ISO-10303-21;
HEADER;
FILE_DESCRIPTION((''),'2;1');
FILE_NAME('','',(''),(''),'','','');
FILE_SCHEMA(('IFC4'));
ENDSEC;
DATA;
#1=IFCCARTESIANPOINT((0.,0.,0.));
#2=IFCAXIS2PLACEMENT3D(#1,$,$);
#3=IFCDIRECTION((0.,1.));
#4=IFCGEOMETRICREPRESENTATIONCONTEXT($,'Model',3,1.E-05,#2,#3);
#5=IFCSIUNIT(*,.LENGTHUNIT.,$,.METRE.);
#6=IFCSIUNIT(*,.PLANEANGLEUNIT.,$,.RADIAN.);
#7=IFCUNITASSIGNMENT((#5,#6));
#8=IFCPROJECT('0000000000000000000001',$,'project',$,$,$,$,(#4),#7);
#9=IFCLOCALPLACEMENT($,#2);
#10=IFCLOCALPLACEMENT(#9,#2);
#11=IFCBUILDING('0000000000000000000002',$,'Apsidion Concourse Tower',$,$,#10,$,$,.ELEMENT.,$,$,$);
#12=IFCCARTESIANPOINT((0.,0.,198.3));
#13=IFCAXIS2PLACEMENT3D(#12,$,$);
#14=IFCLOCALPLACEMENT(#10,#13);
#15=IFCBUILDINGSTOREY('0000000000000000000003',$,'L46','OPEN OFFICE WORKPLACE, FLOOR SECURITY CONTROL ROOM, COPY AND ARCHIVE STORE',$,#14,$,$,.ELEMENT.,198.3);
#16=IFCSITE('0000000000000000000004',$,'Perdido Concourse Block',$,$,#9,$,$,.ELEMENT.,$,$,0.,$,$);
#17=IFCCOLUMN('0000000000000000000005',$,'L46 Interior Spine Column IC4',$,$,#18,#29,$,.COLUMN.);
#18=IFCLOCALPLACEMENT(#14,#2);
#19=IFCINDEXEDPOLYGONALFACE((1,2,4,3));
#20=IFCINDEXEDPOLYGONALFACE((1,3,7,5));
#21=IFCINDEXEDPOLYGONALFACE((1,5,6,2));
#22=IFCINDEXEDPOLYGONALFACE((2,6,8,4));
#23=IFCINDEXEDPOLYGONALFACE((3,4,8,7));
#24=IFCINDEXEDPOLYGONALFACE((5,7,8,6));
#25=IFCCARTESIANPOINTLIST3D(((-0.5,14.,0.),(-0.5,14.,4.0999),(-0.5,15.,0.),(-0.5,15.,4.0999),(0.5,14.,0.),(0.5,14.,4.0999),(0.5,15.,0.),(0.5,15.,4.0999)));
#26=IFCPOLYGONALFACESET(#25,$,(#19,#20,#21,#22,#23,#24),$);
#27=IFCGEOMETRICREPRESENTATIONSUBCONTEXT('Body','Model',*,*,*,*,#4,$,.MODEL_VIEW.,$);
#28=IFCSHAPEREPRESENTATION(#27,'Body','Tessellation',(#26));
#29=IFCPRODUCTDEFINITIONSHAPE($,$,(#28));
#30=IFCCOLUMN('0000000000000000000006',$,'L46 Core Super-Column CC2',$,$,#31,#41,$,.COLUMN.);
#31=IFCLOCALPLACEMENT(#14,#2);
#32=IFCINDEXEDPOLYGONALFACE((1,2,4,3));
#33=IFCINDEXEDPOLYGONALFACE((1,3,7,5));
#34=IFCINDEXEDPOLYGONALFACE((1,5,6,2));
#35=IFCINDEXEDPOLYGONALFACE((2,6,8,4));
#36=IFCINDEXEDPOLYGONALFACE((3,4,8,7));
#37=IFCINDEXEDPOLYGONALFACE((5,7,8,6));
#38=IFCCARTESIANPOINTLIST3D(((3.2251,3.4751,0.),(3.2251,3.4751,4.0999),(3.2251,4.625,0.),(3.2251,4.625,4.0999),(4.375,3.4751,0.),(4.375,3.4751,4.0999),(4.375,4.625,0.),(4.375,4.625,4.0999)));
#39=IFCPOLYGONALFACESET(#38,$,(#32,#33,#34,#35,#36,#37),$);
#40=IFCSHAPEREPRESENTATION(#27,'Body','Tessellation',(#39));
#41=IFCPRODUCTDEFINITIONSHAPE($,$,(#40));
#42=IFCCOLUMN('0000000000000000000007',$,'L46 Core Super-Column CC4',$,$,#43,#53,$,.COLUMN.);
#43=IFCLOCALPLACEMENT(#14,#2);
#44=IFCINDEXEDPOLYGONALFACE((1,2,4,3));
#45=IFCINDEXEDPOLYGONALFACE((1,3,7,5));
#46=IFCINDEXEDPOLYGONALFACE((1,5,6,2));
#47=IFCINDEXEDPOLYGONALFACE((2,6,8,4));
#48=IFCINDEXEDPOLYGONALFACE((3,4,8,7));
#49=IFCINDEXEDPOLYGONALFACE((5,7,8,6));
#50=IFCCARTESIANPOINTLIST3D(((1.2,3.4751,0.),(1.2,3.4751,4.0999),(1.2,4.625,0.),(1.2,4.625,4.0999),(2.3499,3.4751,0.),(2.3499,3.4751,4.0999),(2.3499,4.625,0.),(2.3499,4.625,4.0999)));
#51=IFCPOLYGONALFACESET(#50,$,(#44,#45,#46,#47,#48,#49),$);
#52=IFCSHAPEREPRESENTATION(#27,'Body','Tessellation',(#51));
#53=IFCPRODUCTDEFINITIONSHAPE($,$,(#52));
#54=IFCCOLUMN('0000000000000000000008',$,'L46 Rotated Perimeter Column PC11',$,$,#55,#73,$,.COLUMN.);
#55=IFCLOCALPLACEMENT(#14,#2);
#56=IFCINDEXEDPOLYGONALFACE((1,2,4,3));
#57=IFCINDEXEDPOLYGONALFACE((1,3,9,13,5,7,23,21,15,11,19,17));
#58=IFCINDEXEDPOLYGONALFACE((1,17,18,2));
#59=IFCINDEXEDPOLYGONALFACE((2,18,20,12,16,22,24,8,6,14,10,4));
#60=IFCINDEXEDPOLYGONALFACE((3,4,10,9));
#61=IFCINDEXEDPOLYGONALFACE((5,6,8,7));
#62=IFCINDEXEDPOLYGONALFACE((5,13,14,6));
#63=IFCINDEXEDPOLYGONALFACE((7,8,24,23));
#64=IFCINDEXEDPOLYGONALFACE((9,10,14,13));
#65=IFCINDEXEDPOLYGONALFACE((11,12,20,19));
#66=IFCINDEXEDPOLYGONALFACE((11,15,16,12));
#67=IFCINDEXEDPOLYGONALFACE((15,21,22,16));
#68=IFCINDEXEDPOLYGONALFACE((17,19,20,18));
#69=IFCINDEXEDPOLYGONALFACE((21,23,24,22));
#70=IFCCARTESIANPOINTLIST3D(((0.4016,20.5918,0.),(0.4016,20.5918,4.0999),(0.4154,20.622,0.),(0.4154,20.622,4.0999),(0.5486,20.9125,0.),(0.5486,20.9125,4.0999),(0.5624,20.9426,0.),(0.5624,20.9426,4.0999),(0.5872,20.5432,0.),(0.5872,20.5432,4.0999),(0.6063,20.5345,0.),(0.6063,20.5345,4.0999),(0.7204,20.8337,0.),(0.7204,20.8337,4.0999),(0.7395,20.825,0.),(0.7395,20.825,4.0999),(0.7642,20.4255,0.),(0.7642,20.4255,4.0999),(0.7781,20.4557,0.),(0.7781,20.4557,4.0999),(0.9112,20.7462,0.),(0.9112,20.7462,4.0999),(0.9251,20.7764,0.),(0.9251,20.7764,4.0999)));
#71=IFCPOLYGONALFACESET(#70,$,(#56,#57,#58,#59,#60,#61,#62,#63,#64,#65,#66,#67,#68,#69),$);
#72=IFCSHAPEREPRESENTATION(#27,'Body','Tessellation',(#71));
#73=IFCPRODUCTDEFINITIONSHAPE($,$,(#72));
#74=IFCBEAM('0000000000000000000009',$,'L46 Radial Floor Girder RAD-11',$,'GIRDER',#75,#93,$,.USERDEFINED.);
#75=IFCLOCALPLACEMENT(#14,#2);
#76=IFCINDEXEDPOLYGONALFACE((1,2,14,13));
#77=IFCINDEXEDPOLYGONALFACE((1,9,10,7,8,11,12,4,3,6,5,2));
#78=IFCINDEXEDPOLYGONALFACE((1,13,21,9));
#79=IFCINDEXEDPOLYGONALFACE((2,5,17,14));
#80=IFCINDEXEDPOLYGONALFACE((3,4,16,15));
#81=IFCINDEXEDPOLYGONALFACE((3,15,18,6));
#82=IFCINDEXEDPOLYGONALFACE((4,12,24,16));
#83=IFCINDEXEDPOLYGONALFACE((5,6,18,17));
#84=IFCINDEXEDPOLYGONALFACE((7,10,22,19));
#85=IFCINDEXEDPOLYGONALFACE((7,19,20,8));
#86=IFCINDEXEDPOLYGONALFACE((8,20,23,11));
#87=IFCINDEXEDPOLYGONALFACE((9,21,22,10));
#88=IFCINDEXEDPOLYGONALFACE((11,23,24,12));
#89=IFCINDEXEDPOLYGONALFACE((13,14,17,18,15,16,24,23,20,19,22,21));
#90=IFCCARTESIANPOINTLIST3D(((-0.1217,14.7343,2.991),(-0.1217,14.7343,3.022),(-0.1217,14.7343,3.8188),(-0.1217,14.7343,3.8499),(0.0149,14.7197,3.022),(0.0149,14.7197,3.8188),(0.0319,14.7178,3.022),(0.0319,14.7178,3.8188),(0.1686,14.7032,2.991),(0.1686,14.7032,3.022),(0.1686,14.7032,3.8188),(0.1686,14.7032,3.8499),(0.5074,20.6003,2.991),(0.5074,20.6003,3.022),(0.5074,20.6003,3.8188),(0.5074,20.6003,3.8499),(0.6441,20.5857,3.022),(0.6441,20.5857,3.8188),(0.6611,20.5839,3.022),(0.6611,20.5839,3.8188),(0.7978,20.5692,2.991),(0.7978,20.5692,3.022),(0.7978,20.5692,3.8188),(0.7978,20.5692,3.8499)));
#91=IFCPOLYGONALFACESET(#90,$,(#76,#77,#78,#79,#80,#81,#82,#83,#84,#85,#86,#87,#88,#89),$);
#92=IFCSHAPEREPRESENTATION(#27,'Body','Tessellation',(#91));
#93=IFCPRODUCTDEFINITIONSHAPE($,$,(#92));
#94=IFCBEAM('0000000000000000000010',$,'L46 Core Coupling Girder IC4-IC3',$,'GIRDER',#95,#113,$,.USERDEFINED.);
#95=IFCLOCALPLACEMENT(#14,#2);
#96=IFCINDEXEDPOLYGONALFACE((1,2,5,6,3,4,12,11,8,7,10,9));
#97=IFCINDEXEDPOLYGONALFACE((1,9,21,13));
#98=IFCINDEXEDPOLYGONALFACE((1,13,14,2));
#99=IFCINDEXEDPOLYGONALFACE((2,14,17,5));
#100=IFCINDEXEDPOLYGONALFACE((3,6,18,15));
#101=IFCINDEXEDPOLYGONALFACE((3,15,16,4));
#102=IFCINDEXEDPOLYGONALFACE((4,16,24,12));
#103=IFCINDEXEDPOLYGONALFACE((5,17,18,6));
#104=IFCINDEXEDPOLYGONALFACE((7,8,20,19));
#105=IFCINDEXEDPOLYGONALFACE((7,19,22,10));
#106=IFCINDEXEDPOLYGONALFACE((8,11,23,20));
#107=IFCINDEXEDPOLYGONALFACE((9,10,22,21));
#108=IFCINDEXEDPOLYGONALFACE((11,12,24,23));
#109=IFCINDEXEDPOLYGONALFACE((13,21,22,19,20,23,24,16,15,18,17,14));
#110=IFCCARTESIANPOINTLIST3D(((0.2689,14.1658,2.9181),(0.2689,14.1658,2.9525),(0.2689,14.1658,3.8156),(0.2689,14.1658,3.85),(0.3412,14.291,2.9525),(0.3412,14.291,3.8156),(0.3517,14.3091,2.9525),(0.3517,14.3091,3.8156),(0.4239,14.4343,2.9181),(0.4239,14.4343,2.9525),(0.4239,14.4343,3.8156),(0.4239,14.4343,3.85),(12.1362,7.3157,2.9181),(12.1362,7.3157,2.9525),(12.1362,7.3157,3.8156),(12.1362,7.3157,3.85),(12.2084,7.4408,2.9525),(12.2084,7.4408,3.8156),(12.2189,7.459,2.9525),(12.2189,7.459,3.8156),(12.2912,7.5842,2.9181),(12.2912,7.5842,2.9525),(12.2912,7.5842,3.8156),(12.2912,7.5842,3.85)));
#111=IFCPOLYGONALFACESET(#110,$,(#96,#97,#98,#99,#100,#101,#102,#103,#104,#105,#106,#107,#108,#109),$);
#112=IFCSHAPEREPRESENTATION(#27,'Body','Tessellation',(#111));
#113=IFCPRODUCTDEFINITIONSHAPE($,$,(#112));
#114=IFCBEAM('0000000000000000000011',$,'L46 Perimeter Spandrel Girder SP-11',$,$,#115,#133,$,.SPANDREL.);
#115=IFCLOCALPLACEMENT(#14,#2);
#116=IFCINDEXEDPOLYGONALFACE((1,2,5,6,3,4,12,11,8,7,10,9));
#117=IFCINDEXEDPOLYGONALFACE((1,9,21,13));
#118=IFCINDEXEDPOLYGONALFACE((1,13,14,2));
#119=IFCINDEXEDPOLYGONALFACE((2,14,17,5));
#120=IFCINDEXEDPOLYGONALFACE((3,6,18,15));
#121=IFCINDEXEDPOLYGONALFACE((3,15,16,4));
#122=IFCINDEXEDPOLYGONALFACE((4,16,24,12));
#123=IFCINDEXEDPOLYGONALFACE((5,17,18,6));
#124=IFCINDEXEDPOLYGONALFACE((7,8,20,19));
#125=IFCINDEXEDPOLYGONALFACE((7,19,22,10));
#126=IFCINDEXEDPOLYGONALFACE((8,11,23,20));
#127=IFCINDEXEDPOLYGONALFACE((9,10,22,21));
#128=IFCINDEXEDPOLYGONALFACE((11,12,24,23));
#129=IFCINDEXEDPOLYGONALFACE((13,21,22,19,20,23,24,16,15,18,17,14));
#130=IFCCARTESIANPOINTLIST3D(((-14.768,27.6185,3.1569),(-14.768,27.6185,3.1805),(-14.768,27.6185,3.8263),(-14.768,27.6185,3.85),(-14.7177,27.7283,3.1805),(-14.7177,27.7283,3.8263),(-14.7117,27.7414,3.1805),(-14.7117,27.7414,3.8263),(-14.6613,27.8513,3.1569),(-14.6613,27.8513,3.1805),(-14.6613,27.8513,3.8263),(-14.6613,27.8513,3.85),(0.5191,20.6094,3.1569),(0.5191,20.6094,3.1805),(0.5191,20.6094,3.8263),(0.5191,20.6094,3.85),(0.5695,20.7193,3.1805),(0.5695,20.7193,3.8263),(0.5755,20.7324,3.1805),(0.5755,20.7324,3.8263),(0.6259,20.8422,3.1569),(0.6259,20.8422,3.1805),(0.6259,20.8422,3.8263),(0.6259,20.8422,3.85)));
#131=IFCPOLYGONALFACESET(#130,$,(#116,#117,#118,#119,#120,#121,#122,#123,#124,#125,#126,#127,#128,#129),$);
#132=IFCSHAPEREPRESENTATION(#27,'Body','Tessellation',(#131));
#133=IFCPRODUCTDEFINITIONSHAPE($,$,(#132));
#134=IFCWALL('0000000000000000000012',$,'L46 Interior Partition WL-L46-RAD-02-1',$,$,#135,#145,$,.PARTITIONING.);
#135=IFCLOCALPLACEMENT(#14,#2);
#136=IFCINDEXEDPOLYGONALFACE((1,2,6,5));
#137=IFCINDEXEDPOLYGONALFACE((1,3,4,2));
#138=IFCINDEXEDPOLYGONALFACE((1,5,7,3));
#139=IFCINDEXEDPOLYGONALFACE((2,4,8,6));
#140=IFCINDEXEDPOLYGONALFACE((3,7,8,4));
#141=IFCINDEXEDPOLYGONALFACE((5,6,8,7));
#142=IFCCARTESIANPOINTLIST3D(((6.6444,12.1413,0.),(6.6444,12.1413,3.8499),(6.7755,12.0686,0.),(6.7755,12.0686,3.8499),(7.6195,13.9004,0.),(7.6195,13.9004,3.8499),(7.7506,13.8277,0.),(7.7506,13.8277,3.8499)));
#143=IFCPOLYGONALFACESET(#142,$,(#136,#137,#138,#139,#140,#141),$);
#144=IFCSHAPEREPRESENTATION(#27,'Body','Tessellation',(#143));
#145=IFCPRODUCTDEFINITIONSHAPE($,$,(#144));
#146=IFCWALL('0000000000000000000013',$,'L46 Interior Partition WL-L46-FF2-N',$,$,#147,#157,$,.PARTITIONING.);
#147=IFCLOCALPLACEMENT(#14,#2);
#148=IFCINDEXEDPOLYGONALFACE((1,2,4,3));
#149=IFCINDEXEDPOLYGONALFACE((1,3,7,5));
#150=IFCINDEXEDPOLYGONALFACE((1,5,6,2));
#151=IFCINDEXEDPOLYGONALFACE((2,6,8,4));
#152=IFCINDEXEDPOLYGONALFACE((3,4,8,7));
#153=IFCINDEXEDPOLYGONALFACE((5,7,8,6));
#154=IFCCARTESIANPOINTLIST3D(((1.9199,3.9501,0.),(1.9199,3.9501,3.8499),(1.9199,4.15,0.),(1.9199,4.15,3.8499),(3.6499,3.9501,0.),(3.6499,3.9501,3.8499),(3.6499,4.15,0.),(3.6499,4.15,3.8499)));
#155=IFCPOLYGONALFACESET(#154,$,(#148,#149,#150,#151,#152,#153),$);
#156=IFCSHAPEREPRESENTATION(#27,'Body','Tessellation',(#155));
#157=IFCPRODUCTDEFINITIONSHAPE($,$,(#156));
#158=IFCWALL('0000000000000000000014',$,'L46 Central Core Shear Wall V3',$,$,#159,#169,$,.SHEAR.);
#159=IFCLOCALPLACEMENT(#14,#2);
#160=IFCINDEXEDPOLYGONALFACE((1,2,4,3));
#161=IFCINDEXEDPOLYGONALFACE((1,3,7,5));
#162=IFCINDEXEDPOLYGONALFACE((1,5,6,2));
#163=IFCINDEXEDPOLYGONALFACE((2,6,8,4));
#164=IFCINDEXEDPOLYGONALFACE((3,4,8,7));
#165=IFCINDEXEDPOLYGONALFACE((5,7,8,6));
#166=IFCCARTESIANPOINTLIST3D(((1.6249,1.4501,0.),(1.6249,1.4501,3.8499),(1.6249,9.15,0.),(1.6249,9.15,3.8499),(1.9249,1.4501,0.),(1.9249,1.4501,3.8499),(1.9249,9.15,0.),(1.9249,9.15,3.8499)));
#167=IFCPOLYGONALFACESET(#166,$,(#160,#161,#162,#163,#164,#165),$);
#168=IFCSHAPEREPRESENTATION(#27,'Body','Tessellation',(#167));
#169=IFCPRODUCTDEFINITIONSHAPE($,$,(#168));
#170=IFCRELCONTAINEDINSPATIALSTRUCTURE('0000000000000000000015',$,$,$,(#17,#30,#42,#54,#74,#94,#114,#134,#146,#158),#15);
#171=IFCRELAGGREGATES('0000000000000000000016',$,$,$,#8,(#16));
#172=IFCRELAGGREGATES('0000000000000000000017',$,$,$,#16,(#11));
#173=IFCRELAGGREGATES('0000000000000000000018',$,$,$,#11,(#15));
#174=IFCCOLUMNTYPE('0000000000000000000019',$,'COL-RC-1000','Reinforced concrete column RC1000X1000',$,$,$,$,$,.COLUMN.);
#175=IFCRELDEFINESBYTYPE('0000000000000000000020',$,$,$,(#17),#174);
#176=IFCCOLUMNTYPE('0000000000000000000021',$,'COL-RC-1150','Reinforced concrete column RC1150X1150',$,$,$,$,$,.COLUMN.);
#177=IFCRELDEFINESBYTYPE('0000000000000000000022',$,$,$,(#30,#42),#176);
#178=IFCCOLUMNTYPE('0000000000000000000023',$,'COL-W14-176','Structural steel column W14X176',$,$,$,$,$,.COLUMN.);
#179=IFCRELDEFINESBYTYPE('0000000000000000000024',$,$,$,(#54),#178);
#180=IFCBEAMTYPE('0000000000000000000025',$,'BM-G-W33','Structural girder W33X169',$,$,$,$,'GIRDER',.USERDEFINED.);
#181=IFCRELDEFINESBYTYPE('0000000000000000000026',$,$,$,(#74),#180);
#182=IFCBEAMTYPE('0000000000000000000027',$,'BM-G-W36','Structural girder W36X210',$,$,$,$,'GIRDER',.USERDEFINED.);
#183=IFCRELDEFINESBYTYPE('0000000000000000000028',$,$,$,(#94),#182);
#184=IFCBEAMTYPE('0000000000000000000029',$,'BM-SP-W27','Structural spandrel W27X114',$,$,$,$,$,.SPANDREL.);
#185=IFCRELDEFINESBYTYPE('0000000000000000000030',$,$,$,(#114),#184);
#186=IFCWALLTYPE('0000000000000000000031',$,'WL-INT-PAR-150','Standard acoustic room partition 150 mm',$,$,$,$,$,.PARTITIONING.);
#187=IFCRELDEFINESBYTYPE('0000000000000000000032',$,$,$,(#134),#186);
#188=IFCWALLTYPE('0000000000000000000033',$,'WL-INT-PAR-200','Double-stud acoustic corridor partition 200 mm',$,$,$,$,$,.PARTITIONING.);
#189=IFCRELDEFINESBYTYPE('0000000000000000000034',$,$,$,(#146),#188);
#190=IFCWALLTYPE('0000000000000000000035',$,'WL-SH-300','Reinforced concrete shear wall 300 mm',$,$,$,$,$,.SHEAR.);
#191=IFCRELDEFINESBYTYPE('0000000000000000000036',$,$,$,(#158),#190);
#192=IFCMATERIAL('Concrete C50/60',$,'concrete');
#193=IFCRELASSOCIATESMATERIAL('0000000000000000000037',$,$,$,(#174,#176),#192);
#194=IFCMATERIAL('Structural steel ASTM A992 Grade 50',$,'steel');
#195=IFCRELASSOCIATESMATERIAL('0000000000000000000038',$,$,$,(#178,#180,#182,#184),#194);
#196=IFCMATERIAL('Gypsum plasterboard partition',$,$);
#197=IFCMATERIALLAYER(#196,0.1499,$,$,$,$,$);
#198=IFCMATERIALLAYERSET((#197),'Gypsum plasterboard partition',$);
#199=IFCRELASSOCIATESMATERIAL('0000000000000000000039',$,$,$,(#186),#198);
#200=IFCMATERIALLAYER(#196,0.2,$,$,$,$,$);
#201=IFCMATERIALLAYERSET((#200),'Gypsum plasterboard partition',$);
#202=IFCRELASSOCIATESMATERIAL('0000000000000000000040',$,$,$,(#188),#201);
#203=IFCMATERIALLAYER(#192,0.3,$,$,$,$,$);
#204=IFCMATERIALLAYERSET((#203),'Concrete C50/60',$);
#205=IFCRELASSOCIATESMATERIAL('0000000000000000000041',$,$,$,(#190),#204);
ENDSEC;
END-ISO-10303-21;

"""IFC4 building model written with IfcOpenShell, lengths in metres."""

from ifc_helpers import new_model, si_unit, direction, frame, frame_2d, origin, origin_2d, place, context, subcontext, project, spatial, rectangle, i_section, extrude, material, layer, layer_set, material_profile, profile_set, type_object, element, save


model = new_model("IFC4")

# Units and contexts
model_context = context("Model", 3, precision=1e-05, world=origin(), true_north=direction((0.0, 1.0)))
body_context = subcontext(model_context, "Body", "Model", "MODEL_VIEW")
ifc_project = project(units=[si_unit("LENGTHUNIT", "METRE"), si_unit("PLANEANGLEUNIT", "RADIAN")], contexts=[model_context])

# Site, building, storey
site_placement = place(None, origin())
site = spatial("IfcSite", under=ifc_project, at=site_placement, Name="Perdido Concourse Block", CompositionType="ELEMENT", RefElevation=0.0)
building_placement = place(site_placement, origin())
building = spatial("IfcBuilding", under=site, at=building_placement, Name="Apsidion Concourse Tower", CompositionType="ELEMENT")
storey_placement = place(building_placement, frame((0.0, 0.0, 198.3)))
storey = spatial("IfcBuildingStorey", under=building, at=storey_placement, Name="L46", Description="OPEN OFFICE WORKPLACE, FLOOR SECURITY CONTROL ROOM, COPY AND ARCHIVE STORE", CompositionType="ELEMENT", Elevation=198.3)

# Columns
ifc_material_1 = material(Name="Concrete C50/60", Category="concrete")
ifc_material_profile_1 = material_profile(ifc_material_1, rectangle(XDim=1.0, YDim=1.0, at=origin_2d()), Name="RC 1000x1000")
ifc_profile_set_1 = profile_set([ifc_material_profile_1], Name="Concrete C50/60")
column_type_1 = type_object("IfcColumnType", Name="COL-RC-1000", Description="Reinforced concrete column RC1000X1000", PredefinedType="COLUMN", material=ifc_profile_set_1)
column_1_placement = place(storey_placement, frame((0.0, 14.5, 0.0), z_axis=(0.0, 0.0, 1.0), x_axis=(1.0, 0.0, 0.0)))
element("IfcColumn", 1, at=column_1_placement, inside=storey, type_object=column_type_1, Name="L46 Interior Spine Column IC4", PredefinedType="COLUMN", context=body_context, shape_type="SweptSolid", body=[
    extrude(rectangle(XDim=1.0, YDim=1.0, at=origin_2d()), origin(), (0.0, 0.0, 1.0), 4.0999),
])
ifc_material_profile_2 = material_profile(ifc_material_1, rectangle(XDim=1.1499, YDim=1.1499, at=origin_2d()), Name="RC 1150x1150")
ifc_profile_set_2 = profile_set([ifc_material_profile_2], Name="Concrete C50/60")
column_type_2 = type_object("IfcColumnType", Name="COL-RC-1150", Description="Reinforced concrete column RC1150X1150", PredefinedType="COLUMN", material=ifc_profile_set_2)
for number, where, z_axis, x_axis, name in (
    (2, (3.8, 4.05, 0.0), (0.0, 0.0, 1.0), (1.0, 0.0, 0.0), "L46 Core Super-Column CC2"),
    (3, (1.7749, 4.05, 0.0), (0.0, 0.0, 1.0), (1.0, 0.0, 0.0), "L46 Core Super-Column CC4"),
):
    element("IfcColumn", number, at=place(storey_placement, frame(where, z_axis=z_axis, x_axis=x_axis)), inside=storey, type_object=column_type_2, Name=name, PredefinedType="COLUMN", context=body_context, shape_type="SweptSolid", body=[
        extrude(rectangle(XDim=1.1499, YDim=1.1499, at=origin_2d()), origin(), (0.0, 0.0, 1.0), 4.0999),
    ])
ifc_material_2 = material(Name="Structural steel ASTM A992 Grade 50", Category="steel")
ifc_material_profile_3 = material_profile(ifc_material_2, i_section(OverallWidth=0.3989, OverallDepth=0.386, WebThickness=0.021, FlangeThickness=0.0332, at=origin_2d()), Name="W14X176")
ifc_profile_set_3 = profile_set([ifc_material_profile_3], Name="Structural steel ASTM A992 Grade 50")
column_type_3 = type_object("IfcColumnType", Name="COL-W14-176", Description="Structural steel column W14X176", PredefinedType="COLUMN", material=ifc_profile_set_3)
column_2_placement = place(storey_placement, frame((0.6633, 20.6841, 0.0), z_axis=(0.0, 0.0, 1.0), x_axis=(-0.909018, 0.416757, 0.0)))
element("IfcColumn", 4, at=column_2_placement, inside=storey, type_object=column_type_3, Name="L46 Rotated Perimeter Column PC11", PredefinedType="COLUMN", context=body_context, shape_type="SweptSolid", body=[
    extrude(i_section(OverallWidth=0.3989, OverallDepth=0.386, WebThickness=0.021, FlangeThickness=0.0332, at=origin_2d()), origin(), (0.0, 0.0, 1.0), 4.0999),
])

# Beams
ifc_material_profile_4 = material_profile(ifc_material_2, i_section(OverallWidth=0.292, OverallDepth=0.8589, WebThickness=0.0171, FlangeThickness=0.031, at=origin_2d()), Name="W33X169")
ifc_profile_set_4 = profile_set([ifc_material_profile_4], Name="Structural steel ASTM A992 Grade 50")
beam_type_1 = type_object("IfcBeamType", Name="BM-G-W33", Description="Structural girder W33X169", ElementType="GIRDER", PredefinedType="USERDEFINED", material=ifc_profile_set_4)
beam_1_placement = place(storey_placement, frame((0.0234, 14.7188, 3.4204), z_axis=(0.106643, 0.994297, 0.0), x_axis=(-0.994297, 0.106643, 0.0)))
element("IfcBeam", 5, at=beam_1_placement, inside=storey, type_object=beam_type_1, Name="L46 Radial Floor Girder RAD-11", ObjectType="GIRDER", PredefinedType="USERDEFINED", context=body_context, shape_type="SweptSolid", body=[
    extrude(i_section(OverallWidth=0.292, OverallDepth=0.8589, WebThickness=0.0171, FlangeThickness=0.031, at=origin_2d()), origin(), (0.0, 0.0, 1.0), 5.8997),
])
ifc_material_profile_5 = material_profile(ifc_material_2, i_section(OverallWidth=0.3101, OverallDepth=0.9319, WebThickness=0.021, FlangeThickness=0.0344, at=origin_2d()), Name="W36X210")
ifc_profile_set_5 = profile_set([ifc_material_profile_5], Name="Structural steel ASTM A992 Grade 50")
beam_type_2 = type_object("IfcBeamType", Name="BM-G-W36", Description="Structural girder W36X210", ElementType="GIRDER", PredefinedType="USERDEFINED", material=ifc_profile_set_5)
beam_2_placement = place(storey_placement, frame((0.3464, 14.3, 3.384), z_axis=(0.86607, -0.499922, 0.0), x_axis=(0.499922, 0.86607, 0.0)))
element("IfcBeam", 6, at=beam_2_placement, inside=storey, type_object=beam_type_2, Name="L46 Core Coupling Girder IC4-IC3", ObjectType="GIRDER", PredefinedType="USERDEFINED", context=body_context, shape_type="SweptSolid", body=[
    extrude(i_section(OverallWidth=0.3101, OverallDepth=0.9319, WebThickness=0.021, FlangeThickness=0.0344, at=origin_2d()), origin(), (0.0, 0.0, 1.0), 13.7024),
])
ifc_material_profile_6 = material_profile(ifc_material_2, i_section(OverallWidth=0.2561, OverallDepth=0.6931, WebThickness=0.0144, FlangeThickness=0.0237, at=origin_2d()), Name="W27X114")
ifc_profile_set_6 = profile_set([ifc_material_profile_6], Name="Structural steel ASTM A992 Grade 50")
beam_type_3 = type_object("IfcBeamType", Name="BM-SP-W27", Description="Structural spandrel W27X114", PredefinedType="SPANDREL", material=ifc_profile_set_6)
beam_3_placement = place(storey_placement, frame((0.5725, 20.7258, 3.5034), z_axis=(-0.90901, 0.416775, 0.0), x_axis=(-0.416775, -0.90901, 0.0)))
element("IfcBeam", 7, at=beam_3_placement, inside=storey, type_object=beam_type_3, Name="L46 Perimeter Spandrel Girder SP-11", PredefinedType="SPANDREL", context=body_context, shape_type="SweptSolid", body=[
    extrude(i_section(OverallWidth=0.2561, OverallDepth=0.6931, WebThickness=0.0144, FlangeThickness=0.0237, at=origin_2d()), origin(), (0.0, 0.0, 1.0), 16.8174),
])

# Walls
ifc_material_3 = material(Name="Gypsum plasterboard partition")
ifc_layer_1 = layer(ifc_material_3, 0.1499)
ifc_layer_set_1 = layer_set([ifc_layer_1], Name="Gypsum plasterboard partition")
wall_type_1 = type_object("IfcWallType", Name="WL-INT-PAR-150", Description="Standard acoustic room partition 150 mm", PredefinedType="PARTITIONING", material=ifc_layer_set_1)
wall_1_placement = place(storey_placement, frame((6.71, 12.105, 0.0), z_axis=(0.0, 0.0, 1.0), x_axis=(0.484828, 0.874609, 0.0)))
element("IfcWall", 8, at=wall_1_placement, inside=storey, type_object=wall_type_1, Name="L46 Interior Partition WL-L46-RAD-02-1", PredefinedType="PARTITIONING", context=body_context, shape_type="SweptSolid", body=[
    extrude(rectangle(XDim=2.0112, YDim=0.1499, at=frame_2d((1.0056, 0.0))), origin(), (0.0, 0.0, 1.0), 3.8499),
])
ifc_layer_2 = layer(ifc_material_3, 0.2)
ifc_layer_set_2 = layer_set([ifc_layer_2], Name="Gypsum plasterboard partition")
wall_type_2 = type_object("IfcWallType", Name="WL-INT-PAR-200", Description="Double-stud acoustic corridor partition 200 mm", PredefinedType="PARTITIONING", material=ifc_layer_set_2)
wall_2_placement = place(storey_placement, frame((1.9199, 4.05, 0.0), z_axis=(0.0, 0.0, 1.0), x_axis=(1.0, 0.0, 0.0)))
element("IfcWall", 9, at=wall_2_placement, inside=storey, type_object=wall_type_2, Name="L46 Interior Partition WL-L46-FF2-N", PredefinedType="PARTITIONING", context=body_context, shape_type="SweptSolid", body=[
    extrude(rectangle(XDim=1.73, YDim=0.2, at=frame_2d((0.865, 0.0))), origin(), (0.0, 0.0, 1.0), 3.8499),
])
ifc_layer_3 = layer(ifc_material_1, 0.3)
ifc_layer_set_3 = layer_set([ifc_layer_3], Name="Concrete C50/60")
wall_type_3 = type_object("IfcWallType", Name="WL-SH-300", Description="Reinforced concrete shear wall 300 mm", PredefinedType="SHEAR", material=ifc_layer_set_3)
for number, where, z_axis, x_axis, name in (
    (10, (1.7749, 1.45, 0.0), (0.0, 0.0, 1.0), (0.0, 1.0, 0.0), "L46 Central Core Shear Wall V3"),
):
    element("IfcWall", number, at=place(storey_placement, frame(where, z_axis=z_axis, x_axis=x_axis)), inside=storey, type_object=wall_type_3, Name=name, PredefinedType="SHEAR", context=body_context, shape_type="SweptSolid", body=[
        extrude(rectangle(XDim=7.7, YDim=0.3, at=frame_2d((3.8501, 0.0))), origin(), (0.0, 0.0, 1.0), 3.8499),
    ])

save(model, "model.ifc")
